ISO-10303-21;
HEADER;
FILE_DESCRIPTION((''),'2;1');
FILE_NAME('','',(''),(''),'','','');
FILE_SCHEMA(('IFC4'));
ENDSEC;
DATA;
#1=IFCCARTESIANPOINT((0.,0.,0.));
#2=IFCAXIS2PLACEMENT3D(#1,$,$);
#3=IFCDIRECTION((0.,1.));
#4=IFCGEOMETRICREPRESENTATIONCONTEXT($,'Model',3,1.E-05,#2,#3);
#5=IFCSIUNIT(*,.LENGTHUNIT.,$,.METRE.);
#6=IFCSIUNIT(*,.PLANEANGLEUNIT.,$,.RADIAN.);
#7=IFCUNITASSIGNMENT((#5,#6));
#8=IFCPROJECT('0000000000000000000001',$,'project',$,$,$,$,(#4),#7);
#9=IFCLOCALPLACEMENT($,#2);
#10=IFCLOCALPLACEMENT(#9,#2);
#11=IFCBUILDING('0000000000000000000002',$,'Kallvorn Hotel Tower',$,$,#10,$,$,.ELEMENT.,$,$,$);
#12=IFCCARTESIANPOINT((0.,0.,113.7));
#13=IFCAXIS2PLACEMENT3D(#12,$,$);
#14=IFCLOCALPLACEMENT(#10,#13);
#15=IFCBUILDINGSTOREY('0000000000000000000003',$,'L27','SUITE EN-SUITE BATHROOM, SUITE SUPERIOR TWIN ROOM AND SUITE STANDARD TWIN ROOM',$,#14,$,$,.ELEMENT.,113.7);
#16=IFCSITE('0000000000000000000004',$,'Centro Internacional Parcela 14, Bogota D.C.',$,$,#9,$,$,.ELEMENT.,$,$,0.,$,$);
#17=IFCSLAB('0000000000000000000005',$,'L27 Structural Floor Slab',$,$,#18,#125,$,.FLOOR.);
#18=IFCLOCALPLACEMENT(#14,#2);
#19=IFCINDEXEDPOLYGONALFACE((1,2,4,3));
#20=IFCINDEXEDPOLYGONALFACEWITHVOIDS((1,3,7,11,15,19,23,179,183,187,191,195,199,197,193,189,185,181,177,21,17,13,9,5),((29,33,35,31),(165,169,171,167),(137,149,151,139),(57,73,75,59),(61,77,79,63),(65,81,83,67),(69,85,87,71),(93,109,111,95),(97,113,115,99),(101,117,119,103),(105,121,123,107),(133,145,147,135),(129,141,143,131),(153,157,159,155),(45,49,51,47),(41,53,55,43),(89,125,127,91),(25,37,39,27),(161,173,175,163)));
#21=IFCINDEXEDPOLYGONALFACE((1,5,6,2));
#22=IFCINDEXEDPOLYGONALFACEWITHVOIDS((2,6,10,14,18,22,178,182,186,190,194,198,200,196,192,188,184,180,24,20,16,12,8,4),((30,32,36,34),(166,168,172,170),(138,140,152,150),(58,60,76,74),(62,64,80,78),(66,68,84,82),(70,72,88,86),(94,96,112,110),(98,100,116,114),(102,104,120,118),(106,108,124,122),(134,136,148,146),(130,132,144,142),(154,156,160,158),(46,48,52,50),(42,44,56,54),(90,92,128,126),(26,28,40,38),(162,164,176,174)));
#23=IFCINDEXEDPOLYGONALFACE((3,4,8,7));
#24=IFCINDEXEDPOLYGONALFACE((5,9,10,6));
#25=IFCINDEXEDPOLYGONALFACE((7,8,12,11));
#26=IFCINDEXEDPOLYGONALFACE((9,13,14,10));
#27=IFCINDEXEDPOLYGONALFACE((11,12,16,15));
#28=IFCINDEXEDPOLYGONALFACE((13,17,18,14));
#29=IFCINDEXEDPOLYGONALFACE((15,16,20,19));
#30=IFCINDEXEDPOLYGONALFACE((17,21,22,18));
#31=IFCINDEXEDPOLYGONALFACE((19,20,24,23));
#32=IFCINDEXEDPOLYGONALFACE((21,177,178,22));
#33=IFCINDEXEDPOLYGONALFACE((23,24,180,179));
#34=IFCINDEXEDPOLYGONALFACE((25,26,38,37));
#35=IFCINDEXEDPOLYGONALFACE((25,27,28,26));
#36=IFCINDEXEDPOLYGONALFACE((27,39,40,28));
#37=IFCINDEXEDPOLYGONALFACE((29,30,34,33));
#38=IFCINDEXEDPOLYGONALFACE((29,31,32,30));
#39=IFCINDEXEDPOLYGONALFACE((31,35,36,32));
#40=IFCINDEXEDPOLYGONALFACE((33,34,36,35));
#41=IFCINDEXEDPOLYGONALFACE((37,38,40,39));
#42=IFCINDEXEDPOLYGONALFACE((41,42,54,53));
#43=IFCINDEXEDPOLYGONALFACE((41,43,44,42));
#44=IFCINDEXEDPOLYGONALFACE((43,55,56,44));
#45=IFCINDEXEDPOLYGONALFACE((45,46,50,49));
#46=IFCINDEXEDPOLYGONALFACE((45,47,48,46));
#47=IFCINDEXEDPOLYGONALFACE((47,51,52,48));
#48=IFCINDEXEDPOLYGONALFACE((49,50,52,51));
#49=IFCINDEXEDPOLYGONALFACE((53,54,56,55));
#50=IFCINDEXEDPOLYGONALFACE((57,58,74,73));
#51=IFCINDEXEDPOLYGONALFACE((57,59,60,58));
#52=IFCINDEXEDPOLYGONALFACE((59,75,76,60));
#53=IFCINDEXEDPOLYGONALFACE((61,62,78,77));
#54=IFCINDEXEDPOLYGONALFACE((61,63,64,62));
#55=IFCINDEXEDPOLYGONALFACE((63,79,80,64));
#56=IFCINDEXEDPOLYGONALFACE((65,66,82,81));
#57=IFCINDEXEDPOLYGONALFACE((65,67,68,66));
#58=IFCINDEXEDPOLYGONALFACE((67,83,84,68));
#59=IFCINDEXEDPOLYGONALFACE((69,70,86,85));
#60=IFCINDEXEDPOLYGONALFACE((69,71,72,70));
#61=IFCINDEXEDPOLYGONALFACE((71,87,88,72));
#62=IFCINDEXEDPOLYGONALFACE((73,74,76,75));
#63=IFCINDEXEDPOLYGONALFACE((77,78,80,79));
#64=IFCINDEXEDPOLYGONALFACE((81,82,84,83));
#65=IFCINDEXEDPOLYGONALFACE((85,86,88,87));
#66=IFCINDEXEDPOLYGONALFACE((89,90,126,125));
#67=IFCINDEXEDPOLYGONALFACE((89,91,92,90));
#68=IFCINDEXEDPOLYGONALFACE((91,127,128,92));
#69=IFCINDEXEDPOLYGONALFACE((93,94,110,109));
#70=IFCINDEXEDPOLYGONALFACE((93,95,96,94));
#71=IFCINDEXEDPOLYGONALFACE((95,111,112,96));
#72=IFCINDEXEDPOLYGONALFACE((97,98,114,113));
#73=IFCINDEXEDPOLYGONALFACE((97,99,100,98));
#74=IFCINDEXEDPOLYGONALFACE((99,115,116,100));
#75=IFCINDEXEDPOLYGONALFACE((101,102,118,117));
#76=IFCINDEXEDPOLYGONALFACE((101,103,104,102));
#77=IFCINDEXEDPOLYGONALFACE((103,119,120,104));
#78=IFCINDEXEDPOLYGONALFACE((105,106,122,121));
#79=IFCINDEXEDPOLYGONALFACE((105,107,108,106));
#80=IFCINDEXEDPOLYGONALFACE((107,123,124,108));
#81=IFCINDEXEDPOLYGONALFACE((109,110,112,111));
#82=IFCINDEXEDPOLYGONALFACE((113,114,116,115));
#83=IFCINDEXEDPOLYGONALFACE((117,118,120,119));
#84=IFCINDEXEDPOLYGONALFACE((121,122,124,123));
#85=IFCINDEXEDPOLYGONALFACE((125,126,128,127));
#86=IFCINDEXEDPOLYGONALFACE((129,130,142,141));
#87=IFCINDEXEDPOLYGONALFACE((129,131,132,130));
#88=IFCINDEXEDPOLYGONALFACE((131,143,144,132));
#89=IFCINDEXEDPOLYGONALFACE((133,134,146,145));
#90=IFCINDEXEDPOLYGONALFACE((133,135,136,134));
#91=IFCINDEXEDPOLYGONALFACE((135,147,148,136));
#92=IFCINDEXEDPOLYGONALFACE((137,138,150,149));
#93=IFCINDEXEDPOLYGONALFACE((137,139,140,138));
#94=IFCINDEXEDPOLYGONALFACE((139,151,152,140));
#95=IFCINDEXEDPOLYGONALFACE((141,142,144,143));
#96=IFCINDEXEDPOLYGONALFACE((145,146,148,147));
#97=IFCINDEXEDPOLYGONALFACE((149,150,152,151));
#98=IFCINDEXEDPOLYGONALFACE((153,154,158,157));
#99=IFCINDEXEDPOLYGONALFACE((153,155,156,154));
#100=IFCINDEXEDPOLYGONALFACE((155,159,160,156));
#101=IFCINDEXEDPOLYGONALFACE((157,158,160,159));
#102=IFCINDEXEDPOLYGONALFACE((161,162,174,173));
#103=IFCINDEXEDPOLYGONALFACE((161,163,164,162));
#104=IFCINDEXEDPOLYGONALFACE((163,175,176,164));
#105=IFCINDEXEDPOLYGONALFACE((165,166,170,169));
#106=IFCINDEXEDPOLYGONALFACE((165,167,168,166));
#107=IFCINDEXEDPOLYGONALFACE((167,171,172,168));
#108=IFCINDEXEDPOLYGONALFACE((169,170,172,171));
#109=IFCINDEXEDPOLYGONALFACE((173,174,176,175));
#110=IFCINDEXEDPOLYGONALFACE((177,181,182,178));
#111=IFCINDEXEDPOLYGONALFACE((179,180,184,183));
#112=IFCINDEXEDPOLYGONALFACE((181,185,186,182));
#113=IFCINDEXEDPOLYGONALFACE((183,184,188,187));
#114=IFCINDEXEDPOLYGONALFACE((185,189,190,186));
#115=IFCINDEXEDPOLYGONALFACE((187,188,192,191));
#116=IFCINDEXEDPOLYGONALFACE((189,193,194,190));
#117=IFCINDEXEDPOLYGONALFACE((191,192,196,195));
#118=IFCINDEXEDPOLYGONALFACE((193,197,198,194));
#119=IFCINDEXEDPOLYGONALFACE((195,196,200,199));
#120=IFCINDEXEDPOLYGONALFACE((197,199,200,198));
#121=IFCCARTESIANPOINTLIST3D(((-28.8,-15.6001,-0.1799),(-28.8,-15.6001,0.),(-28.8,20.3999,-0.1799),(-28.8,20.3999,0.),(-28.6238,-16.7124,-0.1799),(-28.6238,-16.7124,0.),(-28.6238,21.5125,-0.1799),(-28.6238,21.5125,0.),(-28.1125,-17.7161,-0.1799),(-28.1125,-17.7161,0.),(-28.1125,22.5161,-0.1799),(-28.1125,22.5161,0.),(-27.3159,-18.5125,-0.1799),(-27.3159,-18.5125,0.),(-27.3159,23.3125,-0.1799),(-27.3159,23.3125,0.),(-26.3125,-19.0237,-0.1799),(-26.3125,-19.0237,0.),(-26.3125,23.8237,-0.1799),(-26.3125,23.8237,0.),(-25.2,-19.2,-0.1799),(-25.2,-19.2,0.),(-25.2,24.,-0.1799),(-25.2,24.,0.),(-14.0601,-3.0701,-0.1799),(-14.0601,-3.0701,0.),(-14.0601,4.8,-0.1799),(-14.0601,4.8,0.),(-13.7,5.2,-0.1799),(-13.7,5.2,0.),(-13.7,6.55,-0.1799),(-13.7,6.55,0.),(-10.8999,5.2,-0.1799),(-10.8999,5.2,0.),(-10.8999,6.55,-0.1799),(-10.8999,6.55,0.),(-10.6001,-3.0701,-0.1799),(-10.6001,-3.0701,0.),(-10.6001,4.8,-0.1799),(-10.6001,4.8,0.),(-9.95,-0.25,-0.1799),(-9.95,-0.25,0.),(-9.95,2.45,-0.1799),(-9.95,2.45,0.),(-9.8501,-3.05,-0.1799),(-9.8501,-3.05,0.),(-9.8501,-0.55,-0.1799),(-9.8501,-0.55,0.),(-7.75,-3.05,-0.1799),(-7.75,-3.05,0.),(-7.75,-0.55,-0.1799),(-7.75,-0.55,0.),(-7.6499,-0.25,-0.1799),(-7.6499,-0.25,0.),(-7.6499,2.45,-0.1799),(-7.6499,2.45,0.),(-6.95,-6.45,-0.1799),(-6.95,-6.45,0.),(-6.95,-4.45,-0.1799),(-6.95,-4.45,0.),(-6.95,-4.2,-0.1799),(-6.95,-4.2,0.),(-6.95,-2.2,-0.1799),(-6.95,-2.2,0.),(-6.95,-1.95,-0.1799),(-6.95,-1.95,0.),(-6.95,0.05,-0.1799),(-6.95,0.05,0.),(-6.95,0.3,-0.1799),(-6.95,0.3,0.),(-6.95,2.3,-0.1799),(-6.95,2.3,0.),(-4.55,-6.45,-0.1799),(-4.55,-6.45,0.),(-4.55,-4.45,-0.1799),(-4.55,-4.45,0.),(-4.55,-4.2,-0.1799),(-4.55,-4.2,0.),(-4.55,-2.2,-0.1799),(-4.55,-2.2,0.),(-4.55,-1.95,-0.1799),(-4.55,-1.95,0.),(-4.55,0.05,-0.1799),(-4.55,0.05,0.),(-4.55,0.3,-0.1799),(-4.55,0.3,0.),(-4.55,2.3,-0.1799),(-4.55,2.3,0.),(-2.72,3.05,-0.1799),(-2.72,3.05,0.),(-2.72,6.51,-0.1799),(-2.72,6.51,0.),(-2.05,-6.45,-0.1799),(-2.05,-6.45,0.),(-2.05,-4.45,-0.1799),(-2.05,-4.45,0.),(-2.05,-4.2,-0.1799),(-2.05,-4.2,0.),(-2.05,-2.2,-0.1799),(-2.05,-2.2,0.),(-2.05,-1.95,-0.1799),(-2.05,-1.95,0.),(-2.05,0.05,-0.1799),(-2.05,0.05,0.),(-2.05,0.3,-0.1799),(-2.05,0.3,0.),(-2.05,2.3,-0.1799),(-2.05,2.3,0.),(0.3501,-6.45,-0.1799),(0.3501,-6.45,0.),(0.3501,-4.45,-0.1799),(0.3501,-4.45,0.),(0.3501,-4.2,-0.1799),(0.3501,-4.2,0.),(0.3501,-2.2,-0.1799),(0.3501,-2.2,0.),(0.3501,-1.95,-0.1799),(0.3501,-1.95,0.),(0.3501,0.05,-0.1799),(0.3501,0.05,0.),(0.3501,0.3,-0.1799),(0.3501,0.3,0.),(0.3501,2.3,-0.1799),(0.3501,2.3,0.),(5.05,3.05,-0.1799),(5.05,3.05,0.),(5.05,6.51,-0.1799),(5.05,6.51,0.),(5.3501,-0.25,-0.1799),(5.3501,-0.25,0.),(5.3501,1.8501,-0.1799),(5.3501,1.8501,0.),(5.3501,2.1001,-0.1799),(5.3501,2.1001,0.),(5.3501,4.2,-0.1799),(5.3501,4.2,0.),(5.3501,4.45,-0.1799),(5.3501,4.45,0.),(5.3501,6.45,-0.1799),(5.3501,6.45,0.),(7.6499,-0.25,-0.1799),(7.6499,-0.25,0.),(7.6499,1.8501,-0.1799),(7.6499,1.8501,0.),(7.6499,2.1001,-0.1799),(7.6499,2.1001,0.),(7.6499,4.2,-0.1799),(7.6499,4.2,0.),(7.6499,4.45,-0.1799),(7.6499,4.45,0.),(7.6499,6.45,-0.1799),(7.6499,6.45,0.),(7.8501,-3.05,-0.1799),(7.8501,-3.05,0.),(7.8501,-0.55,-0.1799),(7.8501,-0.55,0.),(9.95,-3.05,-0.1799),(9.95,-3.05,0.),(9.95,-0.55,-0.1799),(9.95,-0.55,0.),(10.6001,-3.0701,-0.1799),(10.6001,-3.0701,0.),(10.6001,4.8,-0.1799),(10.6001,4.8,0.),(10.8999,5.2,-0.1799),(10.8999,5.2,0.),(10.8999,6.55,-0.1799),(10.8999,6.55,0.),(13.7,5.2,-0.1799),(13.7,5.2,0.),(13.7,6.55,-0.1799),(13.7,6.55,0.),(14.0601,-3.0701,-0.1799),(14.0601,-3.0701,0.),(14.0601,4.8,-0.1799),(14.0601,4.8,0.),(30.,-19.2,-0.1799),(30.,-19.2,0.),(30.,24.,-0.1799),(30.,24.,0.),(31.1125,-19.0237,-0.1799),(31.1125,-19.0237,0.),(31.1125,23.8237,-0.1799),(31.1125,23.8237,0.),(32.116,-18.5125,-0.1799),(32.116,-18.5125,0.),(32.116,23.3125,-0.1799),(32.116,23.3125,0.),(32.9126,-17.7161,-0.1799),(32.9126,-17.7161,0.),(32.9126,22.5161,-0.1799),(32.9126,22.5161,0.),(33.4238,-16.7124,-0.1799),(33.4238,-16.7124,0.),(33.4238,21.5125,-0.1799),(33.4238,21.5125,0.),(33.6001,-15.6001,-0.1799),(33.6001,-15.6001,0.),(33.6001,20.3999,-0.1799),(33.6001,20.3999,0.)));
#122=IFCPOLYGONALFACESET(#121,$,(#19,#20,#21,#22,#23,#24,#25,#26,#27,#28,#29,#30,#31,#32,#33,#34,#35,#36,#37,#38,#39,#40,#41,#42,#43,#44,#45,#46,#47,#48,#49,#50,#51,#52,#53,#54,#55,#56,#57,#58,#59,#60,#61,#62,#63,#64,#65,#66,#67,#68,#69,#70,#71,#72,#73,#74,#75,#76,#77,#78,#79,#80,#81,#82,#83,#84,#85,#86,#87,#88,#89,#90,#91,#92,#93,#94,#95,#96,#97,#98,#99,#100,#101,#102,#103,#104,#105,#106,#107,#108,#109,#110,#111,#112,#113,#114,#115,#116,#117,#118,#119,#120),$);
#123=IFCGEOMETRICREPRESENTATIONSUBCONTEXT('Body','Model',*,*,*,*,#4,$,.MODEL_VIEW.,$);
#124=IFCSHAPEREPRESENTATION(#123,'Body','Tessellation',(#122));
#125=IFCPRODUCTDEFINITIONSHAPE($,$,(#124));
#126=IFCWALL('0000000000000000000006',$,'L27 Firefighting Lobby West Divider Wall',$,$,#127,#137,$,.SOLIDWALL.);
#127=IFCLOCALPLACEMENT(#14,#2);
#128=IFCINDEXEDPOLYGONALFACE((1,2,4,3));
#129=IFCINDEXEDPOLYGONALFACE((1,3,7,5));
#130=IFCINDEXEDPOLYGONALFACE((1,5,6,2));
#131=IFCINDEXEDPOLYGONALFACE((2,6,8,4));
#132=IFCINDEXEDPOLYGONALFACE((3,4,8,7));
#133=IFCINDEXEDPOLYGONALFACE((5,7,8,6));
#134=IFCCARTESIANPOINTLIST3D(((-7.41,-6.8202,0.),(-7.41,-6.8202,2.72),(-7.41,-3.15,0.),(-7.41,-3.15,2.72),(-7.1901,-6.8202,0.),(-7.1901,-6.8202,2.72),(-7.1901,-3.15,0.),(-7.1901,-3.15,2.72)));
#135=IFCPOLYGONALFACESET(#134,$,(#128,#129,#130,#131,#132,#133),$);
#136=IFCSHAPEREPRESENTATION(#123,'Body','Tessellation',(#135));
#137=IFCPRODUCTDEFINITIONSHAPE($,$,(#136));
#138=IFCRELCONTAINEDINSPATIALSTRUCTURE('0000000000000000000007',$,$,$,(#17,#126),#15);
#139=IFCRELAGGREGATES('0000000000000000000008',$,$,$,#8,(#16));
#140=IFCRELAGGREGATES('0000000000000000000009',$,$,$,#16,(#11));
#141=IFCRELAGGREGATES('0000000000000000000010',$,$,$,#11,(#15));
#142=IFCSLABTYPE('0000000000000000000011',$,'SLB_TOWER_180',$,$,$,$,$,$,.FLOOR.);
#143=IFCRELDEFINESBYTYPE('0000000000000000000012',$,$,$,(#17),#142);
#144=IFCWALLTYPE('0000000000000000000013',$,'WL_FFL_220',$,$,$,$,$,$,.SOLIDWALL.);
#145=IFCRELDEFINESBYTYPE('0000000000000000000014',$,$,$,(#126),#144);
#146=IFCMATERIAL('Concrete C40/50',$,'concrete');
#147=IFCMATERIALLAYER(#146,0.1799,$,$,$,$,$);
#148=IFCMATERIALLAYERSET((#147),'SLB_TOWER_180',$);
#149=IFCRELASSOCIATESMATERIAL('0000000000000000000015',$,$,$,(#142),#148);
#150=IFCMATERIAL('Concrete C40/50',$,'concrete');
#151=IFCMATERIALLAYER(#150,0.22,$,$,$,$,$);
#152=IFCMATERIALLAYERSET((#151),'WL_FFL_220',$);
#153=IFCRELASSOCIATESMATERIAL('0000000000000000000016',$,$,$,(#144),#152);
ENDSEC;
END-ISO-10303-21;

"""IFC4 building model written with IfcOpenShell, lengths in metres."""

from ifc_helpers import new_model, si_unit, direction, frame, frame_2d, origin, place, context, subcontext, project, spatial, polyline, rectangle, outline, extrude, material, layer, layer_set, type_object, element, save


model = new_model("IFC4")

# Units and contexts
model_context = context("Model", 3, precision=1e-05, world=origin(), true_north=direction((0.0, 1.0)))
body_context = subcontext(model_context, "Body", "Model", "MODEL_VIEW")
ifc_project = project(units=[si_unit("LENGTHUNIT", "METRE"), si_unit("PLANEANGLEUNIT", "RADIAN")], contexts=[model_context])

# Site, building, storey
site_placement = place(None, origin())
site = spatial("IfcSite", under=ifc_project, at=site_placement, Name="Centro Internacional Parcela 14, Bogota D.C.", CompositionType="ELEMENT", RefElevation=0.0)
building_placement = place(site_placement, origin())
building = spatial("IfcBuilding", under=site, at=building_placement, Name="Kallvorn Hotel Tower", CompositionType="ELEMENT")
storey_placement = place(building_placement, frame((0.0, 0.0, 113.7)))
storey = spatial("IfcBuildingStorey", under=building, at=storey_placement, Name="L27", Description="SUITE EN-SUITE BATHROOM, SUITE SUPERIOR TWIN ROOM AND SUITE STANDARD TWIN ROOM", CompositionType="ELEMENT", Elevation=113.7)

# Slab
ifc_material_1 = material(Name="Concrete C40/50", Category="concrete")
ifc_layer_1 = layer(ifc_material_1, 0.1799)
ifc_layer_set_1 = layer_set([ifc_layer_1], Name="SLB_TOWER_180")
slab_type = type_object("IfcSlabType", Name="SLB_TOWER_180", PredefinedType="FLOOR", material=ifc_layer_set_1)
slab_placement = place(storey_placement, frame((0.0, 0.0, -0.1799)))
element("IfcSlab", 1, at=slab_placement, inside=storey, type_object=slab_type, Name="L27 Structural Floor Slab", PredefinedType="FLOOR", context=body_context, shape_type="SweptSolid", body=[
    extrude(outline(polyline([(30.0, -19.2), (31.1125, -19.0237), (32.116, -18.5125), (32.9126, -17.7161), (33.4238, -16.7124), (33.6001, -15.6001), (33.6001, 20.3999), (33.4238, 21.5125), (32.9126, 22.5161), (32.116, 23.3125), (31.1125, 23.8237), (30.0, 24.0), (-25.2, 24.0), (-26.3125, 23.8237), (-27.3159, 23.3125), (-28.1125, 22.5161), (-28.6238, 21.5125), (-28.8, 20.3999), (-28.8, -15.6001), (-28.6238, -16.7124), (-28.1125, -17.7161), (-27.3159, -18.5125), (-26.3125, -19.0237), (-25.2, -19.2), (30.0, -19.2)]), holes=[polyline([(-10.6001, -3.0701), (-10.6001, 4.8), (-14.0601, 4.8), (-14.0601, -3.0701), (-10.6001, -3.0701)]), polyline([(14.0601, -3.0701), (14.0601, 4.8), (10.6001, 4.8), (10.6001, -3.0701), (14.0601, -3.0701)]), polyline([(-2.72, 3.05), (5.05, 3.05), (5.05, 6.51), (-2.72, 6.51), (-2.72, 3.05)]), polyline([(-6.95, -6.45), (-4.55, -6.45), (-4.55, -4.45), (-6.95, -4.45), (-6.95, -6.45)]), polyline([(-6.95, -4.2), (-4.55, -4.2), (-4.55, -2.2), (-6.95, -2.2), (-6.95, -4.2)]), polyline([(-6.95, -1.95), (-4.55, -1.95), (-4.55, 0.05), (-6.95, 0.05), (-6.95, -1.95)]), polyline([(-6.95, 0.3), (-4.55, 0.3), (-4.55, 2.3), (-6.95, 2.3), (-6.95, 0.3)]), polyline([(-2.05, -6.45), (0.3501, -6.45), (0.3501, -4.45), (-2.05, -4.45), (-2.05, -6.45)]), polyline([(-2.05, -4.2), (0.3501, -4.2), (0.3501, -2.2), (-2.05, -2.2), (-2.05, -4.2)]), polyline([(-2.05, -1.95), (0.3501, -1.95), (0.3501, 0.05), (-2.05, 0.05), (-2.05, -1.95)]), polyline([(-2.05, 0.3), (0.3501, 0.3), (0.3501, 2.3), (-2.05, 2.3), (-2.05, 0.3)]), polyline([(5.3501, -0.25), (7.6499, -0.25), (7.6499, 1.8501), (5.3501, 1.8501), (5.3501, -0.25)]), polyline([(5.3501, 2.1001), (7.6499, 2.1001), (7.6499, 4.2), (5.3501, 4.2), (5.3501, 2.1001)]), polyline([(5.3501, 4.45), (7.6499, 4.45), (7.6499, 6.45), (5.3501, 6.45), (5.3501, 4.45)]), polyline([(-9.8501, -3.05), (-7.75, -3.05), (-7.75, -0.55), (-9.8501, -0.55), (-9.8501, -3.05)]), polyline([(7.8501, -3.05), (9.95, -3.05), (9.95, -0.55), (7.8501, -0.55), (7.8501, -3.05)]), polyline([(-9.95, -0.25), (-7.6499, -0.25), (-7.6499, 2.45), (-9.95, 2.45), (-9.95, -0.25)]), polyline([(-13.7, 5.2), (-10.8999, 5.2), (-10.8999, 6.55), (-13.7, 6.55), (-13.7, 5.2)]), polyline([(10.8999, 5.2), (13.7, 5.2), (13.7, 6.55), (10.8999, 6.55), (10.8999, 5.2)])]), origin(), (0.0, 0.0, 1.0), 0.1799),
])

# Wall
ifc_material_2 = material(Name="Concrete C40/50", Category="concrete")
ifc_layer_2 = layer(ifc_material_2, 0.22)
ifc_layer_set_2 = layer_set([ifc_layer_2], Name="WL_FFL_220")
wall_type_1 = type_object("IfcWallType", Name="WL_FFL_220", PredefinedType="SOLIDWALL", material=ifc_layer_set_2)
wall_1_placement = place(storey_placement, frame((-7.3, -6.8201, 0.0), z_axis=(0.0, 0.0, 1.0), x_axis=(0.0, 1.0, 0.0)))
element("IfcWall", 2, at=wall_1_placement, inside=storey, type_object=wall_type_1, Name="L27 Firefighting Lobby West Divider Wall", PredefinedType="SOLIDWALL", context=body_context, shape_type="SweptSolid", body=[
    extrude(rectangle(XDim=3.6702, YDim=0.22, at=frame_2d((1.835, 0.0))), origin(), (0.0, 0.0, 1.0), 2.72),
])

save(model, "model.ifc")
